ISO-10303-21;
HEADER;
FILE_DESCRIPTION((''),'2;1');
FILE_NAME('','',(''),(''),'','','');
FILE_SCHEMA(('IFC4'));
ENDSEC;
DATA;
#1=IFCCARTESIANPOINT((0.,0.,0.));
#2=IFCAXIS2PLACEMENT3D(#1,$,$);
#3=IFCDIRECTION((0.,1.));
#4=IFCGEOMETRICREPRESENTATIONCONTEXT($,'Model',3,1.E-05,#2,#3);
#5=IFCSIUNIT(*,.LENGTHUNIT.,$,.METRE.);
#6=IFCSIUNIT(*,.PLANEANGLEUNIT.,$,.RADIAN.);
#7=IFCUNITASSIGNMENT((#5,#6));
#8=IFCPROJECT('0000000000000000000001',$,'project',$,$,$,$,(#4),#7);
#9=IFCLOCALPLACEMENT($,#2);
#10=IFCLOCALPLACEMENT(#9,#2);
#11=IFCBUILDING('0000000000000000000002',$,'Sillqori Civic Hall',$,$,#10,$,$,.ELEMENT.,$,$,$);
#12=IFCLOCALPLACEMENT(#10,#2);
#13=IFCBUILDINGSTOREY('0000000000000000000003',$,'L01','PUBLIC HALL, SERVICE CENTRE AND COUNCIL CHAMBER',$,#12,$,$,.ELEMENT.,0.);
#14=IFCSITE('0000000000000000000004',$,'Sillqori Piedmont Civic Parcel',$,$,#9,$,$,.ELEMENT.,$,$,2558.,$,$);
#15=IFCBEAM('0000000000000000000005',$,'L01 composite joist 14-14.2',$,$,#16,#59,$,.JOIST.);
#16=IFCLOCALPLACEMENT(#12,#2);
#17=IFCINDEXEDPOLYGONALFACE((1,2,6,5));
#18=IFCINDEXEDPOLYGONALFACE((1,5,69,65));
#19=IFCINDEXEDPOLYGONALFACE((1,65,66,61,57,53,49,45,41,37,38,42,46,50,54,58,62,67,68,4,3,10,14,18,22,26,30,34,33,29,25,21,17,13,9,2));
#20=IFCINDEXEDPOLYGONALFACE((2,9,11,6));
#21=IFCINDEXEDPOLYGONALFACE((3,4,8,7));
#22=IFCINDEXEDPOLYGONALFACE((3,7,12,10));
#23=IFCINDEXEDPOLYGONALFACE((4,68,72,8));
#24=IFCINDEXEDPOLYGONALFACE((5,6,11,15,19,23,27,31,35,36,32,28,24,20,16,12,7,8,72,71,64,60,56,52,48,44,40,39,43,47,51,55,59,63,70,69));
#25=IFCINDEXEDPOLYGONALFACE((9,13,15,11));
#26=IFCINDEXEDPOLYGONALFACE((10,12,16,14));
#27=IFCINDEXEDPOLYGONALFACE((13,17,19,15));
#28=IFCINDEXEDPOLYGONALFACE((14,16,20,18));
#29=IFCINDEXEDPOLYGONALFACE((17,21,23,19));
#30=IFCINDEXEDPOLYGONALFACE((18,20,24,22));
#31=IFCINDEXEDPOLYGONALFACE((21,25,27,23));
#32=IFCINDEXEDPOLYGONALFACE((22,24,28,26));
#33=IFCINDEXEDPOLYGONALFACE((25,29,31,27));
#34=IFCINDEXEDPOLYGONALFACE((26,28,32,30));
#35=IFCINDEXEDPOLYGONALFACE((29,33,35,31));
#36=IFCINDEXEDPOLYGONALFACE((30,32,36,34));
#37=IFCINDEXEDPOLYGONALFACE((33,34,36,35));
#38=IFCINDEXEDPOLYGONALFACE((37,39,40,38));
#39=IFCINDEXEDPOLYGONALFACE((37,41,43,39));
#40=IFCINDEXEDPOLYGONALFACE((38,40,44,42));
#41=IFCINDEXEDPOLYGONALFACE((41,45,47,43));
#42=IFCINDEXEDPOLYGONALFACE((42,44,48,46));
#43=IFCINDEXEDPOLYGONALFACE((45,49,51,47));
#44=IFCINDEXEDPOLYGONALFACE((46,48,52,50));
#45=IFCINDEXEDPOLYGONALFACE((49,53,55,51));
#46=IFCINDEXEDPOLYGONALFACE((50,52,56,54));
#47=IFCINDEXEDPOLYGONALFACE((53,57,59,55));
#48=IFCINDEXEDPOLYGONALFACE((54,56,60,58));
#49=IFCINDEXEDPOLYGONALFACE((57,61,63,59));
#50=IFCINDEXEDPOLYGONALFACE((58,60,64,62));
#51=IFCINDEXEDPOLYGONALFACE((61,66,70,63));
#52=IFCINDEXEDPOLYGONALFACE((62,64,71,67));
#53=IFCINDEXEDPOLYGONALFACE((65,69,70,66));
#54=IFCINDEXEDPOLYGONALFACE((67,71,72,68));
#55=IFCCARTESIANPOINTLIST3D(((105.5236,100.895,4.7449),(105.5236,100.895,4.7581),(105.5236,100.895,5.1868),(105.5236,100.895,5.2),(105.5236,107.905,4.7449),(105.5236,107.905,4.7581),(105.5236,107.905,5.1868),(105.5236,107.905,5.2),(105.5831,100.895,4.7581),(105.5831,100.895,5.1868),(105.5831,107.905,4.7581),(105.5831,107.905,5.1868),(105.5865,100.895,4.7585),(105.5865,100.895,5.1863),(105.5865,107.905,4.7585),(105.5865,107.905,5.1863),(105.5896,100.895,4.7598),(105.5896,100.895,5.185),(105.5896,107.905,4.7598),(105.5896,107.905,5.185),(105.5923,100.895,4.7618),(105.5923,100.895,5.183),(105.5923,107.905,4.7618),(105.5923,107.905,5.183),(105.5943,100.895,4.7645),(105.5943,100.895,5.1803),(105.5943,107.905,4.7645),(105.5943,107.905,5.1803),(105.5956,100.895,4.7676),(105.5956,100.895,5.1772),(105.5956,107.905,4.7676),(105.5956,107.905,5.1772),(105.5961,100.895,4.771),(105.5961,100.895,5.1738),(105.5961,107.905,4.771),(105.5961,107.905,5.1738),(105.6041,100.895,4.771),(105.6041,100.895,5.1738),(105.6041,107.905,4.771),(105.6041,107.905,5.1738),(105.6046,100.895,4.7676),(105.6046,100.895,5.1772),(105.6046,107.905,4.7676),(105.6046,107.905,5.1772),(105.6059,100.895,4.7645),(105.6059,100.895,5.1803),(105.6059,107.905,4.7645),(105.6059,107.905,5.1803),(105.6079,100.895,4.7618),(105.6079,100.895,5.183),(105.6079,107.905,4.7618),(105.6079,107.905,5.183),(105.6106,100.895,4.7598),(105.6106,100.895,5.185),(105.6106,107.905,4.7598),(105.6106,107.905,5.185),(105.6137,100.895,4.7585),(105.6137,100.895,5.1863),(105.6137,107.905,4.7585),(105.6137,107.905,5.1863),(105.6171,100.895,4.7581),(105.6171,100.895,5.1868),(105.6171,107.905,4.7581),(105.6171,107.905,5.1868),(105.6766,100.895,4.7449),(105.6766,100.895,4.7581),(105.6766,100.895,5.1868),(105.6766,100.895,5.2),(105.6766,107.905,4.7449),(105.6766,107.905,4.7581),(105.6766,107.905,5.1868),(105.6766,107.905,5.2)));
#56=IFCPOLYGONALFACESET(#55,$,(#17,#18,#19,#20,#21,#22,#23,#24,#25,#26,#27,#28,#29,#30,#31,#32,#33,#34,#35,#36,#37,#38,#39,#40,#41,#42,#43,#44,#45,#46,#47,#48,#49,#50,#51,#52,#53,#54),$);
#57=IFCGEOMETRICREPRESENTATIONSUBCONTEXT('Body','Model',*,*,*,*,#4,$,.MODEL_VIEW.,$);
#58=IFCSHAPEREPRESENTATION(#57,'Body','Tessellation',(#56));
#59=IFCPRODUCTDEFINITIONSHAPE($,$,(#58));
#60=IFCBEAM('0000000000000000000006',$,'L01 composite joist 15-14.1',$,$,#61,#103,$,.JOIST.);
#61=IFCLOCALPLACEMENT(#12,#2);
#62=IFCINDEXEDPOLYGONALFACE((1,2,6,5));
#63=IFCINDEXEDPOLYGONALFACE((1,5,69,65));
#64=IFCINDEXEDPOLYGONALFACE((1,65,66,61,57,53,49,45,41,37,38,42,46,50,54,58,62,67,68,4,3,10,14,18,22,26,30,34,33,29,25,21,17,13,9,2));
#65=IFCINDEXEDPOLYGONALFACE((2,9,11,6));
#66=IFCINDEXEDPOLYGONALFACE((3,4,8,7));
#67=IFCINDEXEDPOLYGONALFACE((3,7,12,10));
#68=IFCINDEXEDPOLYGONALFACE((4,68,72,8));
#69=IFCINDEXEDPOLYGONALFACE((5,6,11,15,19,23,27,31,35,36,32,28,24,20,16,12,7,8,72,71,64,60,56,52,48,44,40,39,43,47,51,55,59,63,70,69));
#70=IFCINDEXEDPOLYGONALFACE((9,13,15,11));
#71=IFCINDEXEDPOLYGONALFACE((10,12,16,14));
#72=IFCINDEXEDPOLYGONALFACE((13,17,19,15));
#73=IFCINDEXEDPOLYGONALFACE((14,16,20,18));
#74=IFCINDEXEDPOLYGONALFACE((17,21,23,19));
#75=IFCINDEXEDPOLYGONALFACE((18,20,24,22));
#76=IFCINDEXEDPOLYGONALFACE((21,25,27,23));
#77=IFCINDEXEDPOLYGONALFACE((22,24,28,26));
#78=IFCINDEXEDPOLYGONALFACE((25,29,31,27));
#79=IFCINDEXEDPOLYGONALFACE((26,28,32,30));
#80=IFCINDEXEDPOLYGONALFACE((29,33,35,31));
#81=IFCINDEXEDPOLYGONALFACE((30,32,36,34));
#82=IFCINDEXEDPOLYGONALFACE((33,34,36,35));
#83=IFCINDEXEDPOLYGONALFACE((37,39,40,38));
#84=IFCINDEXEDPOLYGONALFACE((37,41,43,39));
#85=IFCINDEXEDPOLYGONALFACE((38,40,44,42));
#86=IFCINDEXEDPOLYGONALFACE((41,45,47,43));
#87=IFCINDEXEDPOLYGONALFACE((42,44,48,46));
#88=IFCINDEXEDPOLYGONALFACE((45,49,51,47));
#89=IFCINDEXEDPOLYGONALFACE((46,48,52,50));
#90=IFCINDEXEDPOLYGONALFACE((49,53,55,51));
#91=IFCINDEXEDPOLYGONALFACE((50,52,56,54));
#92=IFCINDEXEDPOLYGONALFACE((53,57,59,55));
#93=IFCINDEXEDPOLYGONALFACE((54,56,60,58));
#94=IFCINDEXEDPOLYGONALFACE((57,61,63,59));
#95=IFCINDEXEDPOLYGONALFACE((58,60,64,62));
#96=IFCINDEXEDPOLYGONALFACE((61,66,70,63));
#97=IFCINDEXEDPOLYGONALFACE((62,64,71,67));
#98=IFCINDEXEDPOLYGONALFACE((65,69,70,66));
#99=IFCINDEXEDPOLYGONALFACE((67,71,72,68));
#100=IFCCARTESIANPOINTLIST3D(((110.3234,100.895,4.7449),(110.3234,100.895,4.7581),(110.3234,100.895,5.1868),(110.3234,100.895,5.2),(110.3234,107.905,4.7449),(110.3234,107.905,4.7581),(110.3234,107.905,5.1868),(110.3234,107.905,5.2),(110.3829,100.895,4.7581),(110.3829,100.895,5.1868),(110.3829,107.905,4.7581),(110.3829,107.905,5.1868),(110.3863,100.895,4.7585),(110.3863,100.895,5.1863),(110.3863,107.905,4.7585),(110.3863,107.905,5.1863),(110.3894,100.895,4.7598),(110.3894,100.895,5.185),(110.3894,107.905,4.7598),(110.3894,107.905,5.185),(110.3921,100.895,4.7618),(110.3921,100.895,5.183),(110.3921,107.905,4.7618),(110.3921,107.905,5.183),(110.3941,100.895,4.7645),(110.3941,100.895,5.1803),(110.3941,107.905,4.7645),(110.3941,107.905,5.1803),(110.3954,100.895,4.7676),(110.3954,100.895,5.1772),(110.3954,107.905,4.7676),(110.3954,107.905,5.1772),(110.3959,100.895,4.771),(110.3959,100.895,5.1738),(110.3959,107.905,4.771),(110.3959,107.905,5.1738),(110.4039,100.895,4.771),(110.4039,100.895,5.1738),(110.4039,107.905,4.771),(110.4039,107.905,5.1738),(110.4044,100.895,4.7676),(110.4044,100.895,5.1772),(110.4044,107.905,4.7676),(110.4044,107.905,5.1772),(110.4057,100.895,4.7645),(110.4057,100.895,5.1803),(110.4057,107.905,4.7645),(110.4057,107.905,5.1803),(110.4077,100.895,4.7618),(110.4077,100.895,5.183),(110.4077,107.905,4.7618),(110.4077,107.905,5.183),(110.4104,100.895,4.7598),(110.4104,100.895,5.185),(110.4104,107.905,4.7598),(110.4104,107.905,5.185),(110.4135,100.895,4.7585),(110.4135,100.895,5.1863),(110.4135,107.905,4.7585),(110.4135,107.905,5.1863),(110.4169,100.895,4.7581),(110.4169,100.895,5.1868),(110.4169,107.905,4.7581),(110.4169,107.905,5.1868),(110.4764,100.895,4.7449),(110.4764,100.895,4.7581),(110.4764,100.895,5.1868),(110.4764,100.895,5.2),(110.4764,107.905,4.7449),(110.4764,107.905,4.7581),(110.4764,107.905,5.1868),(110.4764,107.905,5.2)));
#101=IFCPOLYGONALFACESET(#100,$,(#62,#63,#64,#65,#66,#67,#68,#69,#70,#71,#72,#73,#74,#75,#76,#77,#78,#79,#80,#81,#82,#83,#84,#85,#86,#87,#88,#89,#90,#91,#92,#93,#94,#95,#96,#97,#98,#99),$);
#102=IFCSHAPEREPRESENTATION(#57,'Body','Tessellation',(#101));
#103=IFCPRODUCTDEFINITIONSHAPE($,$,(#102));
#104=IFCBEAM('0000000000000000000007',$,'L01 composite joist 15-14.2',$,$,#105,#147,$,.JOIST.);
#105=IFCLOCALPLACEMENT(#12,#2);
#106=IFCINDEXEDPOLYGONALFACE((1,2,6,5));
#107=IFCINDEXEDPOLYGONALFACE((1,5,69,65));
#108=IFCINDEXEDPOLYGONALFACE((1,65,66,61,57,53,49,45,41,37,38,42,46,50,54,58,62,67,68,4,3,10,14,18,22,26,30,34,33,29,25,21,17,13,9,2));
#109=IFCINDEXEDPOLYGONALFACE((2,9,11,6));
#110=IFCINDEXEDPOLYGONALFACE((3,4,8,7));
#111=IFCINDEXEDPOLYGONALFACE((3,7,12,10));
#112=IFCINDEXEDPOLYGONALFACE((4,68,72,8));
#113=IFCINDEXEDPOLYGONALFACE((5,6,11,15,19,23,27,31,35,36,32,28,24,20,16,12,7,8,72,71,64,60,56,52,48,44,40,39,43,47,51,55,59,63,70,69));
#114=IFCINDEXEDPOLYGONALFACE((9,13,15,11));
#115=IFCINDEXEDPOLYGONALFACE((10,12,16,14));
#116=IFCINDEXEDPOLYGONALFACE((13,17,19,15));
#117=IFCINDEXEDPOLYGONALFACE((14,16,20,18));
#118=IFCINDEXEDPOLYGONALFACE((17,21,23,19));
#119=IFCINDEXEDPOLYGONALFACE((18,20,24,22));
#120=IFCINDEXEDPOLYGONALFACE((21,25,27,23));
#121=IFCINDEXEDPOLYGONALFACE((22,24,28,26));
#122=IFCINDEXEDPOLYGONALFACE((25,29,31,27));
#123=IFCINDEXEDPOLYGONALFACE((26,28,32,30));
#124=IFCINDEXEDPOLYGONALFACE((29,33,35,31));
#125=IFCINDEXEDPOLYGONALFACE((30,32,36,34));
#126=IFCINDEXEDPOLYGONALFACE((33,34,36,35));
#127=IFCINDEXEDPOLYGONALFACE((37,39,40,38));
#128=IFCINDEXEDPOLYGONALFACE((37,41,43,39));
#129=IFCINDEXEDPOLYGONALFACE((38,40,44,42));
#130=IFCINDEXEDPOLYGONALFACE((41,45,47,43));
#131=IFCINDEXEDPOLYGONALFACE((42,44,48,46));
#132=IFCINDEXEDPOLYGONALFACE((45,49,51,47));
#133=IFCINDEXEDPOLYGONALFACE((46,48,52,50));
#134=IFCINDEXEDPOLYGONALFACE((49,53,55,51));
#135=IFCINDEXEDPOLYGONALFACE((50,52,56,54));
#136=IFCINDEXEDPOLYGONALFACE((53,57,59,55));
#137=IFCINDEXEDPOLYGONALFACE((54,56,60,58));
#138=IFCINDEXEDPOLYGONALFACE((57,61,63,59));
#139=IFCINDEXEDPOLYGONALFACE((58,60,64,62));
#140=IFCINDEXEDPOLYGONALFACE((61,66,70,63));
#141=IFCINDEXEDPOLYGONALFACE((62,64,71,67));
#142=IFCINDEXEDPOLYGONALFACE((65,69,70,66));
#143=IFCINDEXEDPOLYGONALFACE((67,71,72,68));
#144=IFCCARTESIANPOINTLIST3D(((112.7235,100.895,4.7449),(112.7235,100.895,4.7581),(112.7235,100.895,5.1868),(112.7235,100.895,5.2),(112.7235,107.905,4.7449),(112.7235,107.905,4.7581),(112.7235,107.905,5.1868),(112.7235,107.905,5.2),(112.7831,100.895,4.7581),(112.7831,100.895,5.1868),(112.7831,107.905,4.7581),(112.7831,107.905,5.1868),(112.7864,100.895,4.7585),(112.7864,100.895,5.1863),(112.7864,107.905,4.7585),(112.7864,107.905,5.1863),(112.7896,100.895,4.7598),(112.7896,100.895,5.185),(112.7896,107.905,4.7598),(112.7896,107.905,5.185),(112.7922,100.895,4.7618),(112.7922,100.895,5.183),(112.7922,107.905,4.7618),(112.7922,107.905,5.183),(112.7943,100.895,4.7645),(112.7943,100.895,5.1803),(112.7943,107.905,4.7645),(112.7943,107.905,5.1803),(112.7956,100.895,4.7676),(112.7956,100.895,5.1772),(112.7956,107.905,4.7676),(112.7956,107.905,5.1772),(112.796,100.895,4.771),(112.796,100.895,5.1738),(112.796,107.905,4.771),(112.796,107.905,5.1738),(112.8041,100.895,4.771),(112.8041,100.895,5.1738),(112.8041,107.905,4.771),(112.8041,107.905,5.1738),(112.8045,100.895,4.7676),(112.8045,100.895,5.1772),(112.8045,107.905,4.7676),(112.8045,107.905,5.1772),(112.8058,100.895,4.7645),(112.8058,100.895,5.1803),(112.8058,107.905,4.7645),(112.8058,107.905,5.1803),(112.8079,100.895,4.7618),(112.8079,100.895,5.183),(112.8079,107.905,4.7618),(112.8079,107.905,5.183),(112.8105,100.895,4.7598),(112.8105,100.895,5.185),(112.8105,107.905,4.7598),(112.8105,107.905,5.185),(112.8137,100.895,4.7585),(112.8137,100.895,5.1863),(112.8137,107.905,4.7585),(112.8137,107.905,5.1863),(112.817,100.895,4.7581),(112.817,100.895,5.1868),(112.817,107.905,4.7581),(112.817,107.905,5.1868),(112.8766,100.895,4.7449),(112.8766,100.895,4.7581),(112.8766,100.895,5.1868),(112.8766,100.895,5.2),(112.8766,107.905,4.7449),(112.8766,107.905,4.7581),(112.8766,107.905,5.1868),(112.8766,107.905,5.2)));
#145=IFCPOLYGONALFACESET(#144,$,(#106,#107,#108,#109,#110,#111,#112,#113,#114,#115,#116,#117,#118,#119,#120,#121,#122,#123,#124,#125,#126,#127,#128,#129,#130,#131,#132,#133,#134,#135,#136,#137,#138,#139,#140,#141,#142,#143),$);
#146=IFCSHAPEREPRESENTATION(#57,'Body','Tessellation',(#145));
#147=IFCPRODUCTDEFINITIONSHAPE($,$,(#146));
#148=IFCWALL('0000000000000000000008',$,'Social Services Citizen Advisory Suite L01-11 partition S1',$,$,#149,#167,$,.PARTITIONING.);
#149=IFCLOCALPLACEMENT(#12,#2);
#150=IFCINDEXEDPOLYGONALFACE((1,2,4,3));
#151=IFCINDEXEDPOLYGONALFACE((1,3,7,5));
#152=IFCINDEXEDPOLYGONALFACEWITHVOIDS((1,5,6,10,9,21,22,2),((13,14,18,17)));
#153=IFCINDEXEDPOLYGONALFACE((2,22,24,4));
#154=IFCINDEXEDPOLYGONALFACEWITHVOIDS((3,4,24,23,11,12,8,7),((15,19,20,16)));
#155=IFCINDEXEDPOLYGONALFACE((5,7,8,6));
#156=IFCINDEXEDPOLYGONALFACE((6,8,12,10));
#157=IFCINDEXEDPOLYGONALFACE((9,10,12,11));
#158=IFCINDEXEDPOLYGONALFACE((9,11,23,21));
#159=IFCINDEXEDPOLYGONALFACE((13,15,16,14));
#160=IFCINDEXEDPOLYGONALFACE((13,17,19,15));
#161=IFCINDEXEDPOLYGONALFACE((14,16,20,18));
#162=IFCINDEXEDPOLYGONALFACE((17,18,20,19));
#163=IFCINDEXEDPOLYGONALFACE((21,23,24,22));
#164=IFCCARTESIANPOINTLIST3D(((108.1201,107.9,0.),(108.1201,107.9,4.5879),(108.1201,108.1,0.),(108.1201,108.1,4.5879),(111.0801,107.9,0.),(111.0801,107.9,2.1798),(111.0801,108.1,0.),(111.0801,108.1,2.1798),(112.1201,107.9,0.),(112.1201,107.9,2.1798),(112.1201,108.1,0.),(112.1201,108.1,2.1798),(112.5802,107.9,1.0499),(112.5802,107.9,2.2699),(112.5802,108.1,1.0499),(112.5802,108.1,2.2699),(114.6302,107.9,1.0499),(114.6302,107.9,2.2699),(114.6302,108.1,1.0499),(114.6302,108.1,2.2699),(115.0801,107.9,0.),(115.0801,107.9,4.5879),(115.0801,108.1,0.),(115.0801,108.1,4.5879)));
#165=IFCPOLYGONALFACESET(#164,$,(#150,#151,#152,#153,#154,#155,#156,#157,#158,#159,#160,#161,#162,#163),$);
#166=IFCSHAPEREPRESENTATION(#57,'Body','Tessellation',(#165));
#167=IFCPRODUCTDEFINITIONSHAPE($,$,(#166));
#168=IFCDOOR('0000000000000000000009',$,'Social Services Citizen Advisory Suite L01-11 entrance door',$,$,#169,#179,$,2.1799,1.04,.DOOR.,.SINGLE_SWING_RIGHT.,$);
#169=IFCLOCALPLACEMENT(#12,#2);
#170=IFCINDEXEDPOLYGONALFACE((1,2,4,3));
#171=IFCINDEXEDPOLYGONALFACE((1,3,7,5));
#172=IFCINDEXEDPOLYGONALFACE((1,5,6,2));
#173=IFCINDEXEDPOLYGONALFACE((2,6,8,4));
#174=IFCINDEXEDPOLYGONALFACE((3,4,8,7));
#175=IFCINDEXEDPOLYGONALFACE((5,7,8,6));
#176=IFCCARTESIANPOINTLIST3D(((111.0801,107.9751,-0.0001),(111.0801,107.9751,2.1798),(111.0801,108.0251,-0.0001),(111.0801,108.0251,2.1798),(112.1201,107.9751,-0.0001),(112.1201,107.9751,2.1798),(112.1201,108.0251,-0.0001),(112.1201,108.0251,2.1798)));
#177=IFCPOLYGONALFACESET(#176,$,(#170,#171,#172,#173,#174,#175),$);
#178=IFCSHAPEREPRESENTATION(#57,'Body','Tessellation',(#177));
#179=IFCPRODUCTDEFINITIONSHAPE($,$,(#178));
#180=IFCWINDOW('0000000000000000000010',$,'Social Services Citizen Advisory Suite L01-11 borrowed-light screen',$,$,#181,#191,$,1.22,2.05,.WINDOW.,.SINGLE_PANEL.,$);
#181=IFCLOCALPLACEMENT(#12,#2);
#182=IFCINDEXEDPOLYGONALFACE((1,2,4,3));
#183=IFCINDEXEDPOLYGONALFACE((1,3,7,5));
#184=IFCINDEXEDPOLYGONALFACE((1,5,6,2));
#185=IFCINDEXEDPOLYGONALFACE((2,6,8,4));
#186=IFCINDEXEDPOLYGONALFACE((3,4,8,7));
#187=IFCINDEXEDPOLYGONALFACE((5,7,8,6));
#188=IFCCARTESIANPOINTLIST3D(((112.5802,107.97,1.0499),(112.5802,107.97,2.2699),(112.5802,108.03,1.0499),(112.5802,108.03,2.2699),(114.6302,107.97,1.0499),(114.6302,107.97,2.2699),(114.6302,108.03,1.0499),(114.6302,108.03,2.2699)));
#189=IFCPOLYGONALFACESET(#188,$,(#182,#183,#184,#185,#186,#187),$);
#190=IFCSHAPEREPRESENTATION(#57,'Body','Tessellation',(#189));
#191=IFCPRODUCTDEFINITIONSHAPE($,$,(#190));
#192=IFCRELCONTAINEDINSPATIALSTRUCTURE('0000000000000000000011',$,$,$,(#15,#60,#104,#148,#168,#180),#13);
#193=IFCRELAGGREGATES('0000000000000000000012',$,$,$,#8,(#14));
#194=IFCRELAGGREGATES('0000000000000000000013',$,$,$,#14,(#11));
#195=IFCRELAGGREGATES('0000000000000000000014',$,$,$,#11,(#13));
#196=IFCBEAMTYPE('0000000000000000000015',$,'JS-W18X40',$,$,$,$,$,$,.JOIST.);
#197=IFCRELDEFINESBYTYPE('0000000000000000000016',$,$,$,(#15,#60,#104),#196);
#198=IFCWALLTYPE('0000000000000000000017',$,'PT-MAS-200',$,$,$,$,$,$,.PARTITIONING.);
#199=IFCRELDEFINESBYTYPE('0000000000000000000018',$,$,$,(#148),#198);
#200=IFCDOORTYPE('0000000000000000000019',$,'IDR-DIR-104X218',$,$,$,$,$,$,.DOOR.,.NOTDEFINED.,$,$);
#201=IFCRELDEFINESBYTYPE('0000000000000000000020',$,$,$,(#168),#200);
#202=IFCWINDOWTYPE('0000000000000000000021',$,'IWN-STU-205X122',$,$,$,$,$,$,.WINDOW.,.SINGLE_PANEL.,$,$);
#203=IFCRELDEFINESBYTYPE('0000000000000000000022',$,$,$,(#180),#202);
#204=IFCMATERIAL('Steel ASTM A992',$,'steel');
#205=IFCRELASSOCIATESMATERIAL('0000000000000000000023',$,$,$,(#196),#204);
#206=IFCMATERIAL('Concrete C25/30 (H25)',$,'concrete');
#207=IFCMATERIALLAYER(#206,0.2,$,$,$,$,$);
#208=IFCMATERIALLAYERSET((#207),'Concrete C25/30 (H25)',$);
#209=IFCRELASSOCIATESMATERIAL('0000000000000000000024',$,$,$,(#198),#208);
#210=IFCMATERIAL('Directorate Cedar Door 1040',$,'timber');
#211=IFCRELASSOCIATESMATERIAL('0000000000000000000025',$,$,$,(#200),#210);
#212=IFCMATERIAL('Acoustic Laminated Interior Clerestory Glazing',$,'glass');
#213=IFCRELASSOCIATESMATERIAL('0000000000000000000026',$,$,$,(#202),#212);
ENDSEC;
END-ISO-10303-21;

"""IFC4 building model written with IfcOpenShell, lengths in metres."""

from ifc_helpers import new_model, si_unit, direction, frame, frame_2d, origin, origin_2d, place, context, subcontext, project, spatial, rectangle, i_section, extrude, material, layer, layer_set, material_profile, profile_set, type_object, element, fill, save


model = new_model("IFC4")

# Units and contexts
model_context = context("Model", 3, precision=1e-05, world=origin(), true_north=direction((0.0, 1.0)))
body_context = subcontext(model_context, "Body", "Model", "MODEL_VIEW")
ifc_project = project(units=[si_unit("LENGTHUNIT", "METRE"), si_unit("PLANEANGLEUNIT", "RADIAN")], contexts=[model_context])

# Site, building, storey
site_placement = place(None, origin())
site = spatial("IfcSite", under=ifc_project, at=site_placement, Name="Sillqori Piedmont Civic Parcel", CompositionType="ELEMENT", RefElevation=2558.0)
building_placement = place(site_placement, origin())
building = spatial("IfcBuilding", under=site, at=building_placement, Name="Sillqori Civic Hall", CompositionType="ELEMENT")
storey_placement = place(building_placement, origin())
storey = spatial("IfcBuildingStorey", under=building, at=storey_placement, Name="L01", Description="PUBLIC HALL, SERVICE CENTRE AND COUNCIL CHAMBER", CompositionType="ELEMENT", Elevation=0.0)

# Shared definitions
ifc_material_1 = material(Name="Steel ASTM A992", Category="steel")

# Beams
ifc_material_profile_1 = material_profile(ifc_material_1, i_section(OverallWidth=0.1531, OverallDepth=0.4551, WebThickness=0.0081, FlangeThickness=0.0132, FilletRadius=0.0129, at=origin_2d()), Name="W18X40")
ifc_profile_set_1 = profile_set([ifc_material_profile_1], Name="Steel ASTM A992")
beam_type_1 = type_object("IfcBeamType", Name="JS-W18X40", PredefinedType="JOIST", material=ifc_profile_set_1)
for number, where, z_axis, x_axis, name in (
    (1, (105.6001, 100.895, 4.9724), (0.0, 1.0, 0.0), (-1.0, 0.0, 0.0), "L01 composite joist 14-14.2"),
    (2, (110.3999, 100.895, 4.9724), (0.0, 1.0, 0.0), (-1.0, 0.0, 0.0), "L01 composite joist 15-14.1"),
    (3, (112.8, 100.895, 4.9724), (0.0, 1.0, 0.0), (-1.0, 0.0, 0.0), "L01 composite joist 15-14.2"),
):
    element("IfcBeam", number, at=place(storey_placement, frame(where, z_axis=z_axis, x_axis=x_axis)), inside=storey, type_object=beam_type_1, Name=name, PredefinedType="JOIST", context=body_context, shape_type="SweptSolid", body=[
        extrude(i_section(OverallWidth=0.1531, OverallDepth=0.4551, WebThickness=0.0081, FlangeThickness=0.0132, FilletRadius=0.0129, at=origin_2d()), origin(), (0.0, 0.0, 1.0), 7.01),
    ])

# Wall, openings, door, window
ifc_material_2 = material(Name="Concrete C25/30 (H25)", Category="concrete")
ifc_layer = layer(ifc_material_2, 0.2)
ifc_layer_set = layer_set([ifc_layer], Name="Concrete C25/30 (H25)")
wall_type = type_object("IfcWallType", Name="PT-MAS-200", PredefinedType="PARTITIONING", material=ifc_layer_set)
wall_placement = place(storey_placement, frame((115.0801, 108.0, 0.0), z_axis=(0.0, 0.0, 1.0), x_axis=(-1.0, 0.0, 0.0)))
wall = element("IfcWall", 4, at=wall_placement, inside=storey, type_object=wall_type, Name="Social Services Citizen Advisory Suite L01-11 partition S1", PredefinedType="PARTITIONING", context=body_context, shape_type="SweptSolid", body=[
    extrude(rectangle(XDim=6.96, YDim=0.2, at=frame_2d((3.48, 0.0))), origin(), (0.0, 0.0, 1.0), 4.5879),
])
opening_1_placement = place(wall_placement, frame((2.96, 0.0, 0.0)))
opening_1 = element("IfcOpeningElement", 5, at=opening_1_placement, cuts=wall, PredefinedType="OPENING", context=body_context, shape_type="SweptSolid", body=[
    extrude(rectangle(XDim=1.04, YDim=2.1799, at=frame_2d((0.52, 1.0898))), frame((0.0, 0.1099, 0.0), z_axis=(0.0, -1.0, 0.0), x_axis=(1.0, 0.0, 0.0)), (0.0, 0.0, 1.0), 0.22),
])
opening_2_placement = place(wall_placement, frame((0.45, 0.0, 1.05)))
opening_2 = element("IfcOpeningElement", 6, at=opening_2_placement, cuts=wall, PredefinedType="OPENING", context=body_context, shape_type="SweptSolid", body=[
    extrude(rectangle(XDim=2.05, YDim=1.22, at=frame_2d((1.0249, 0.6099))), frame((0.0, 0.1099, 0.0), z_axis=(0.0, -1.0, 0.0), x_axis=(1.0, 0.0, 0.0)), (0.0, 0.0, 1.0), 0.22),
])
ifc_material_3 = material(Name="Directorate Cedar Door 1040", Category="timber")
door_type = type_object("IfcDoorType", Name="IDR-DIR-104X218", OperationType="NOTDEFINED", PredefinedType="DOOR", material=ifc_material_3)
door_placement = place(opening_1_placement, origin())
door = element("IfcDoor", 7, at=door_placement, inside=storey, type_object=door_type, Name="Social Services Citizen Advisory Suite L01-11 entrance door", OperationType="SINGLE_SWING_RIGHT", OverallHeight=2.1799, OverallWidth=1.04, PredefinedType="DOOR", context=body_context, shape_type="SweptSolid", body=[
    extrude(rectangle(XDim=1.04, YDim=2.1799, at=frame_2d((0.52, 1.0898))), frame((0.0, 0.0249, 0.0), z_axis=(0.0, -1.0, 0.0), x_axis=(1.0, 0.0, 0.0)), (0.0, 0.0, 1.0), 0.05),
])
fill(opening_1, door)
ifc_material_4 = material(Name="Acoustic Laminated Interior Clerestory Glazing", Category="glass")
window_type = type_object("IfcWindowType", Name="IWN-STU-205X122", PartitioningType="SINGLE_PANEL", PredefinedType="WINDOW", material=ifc_material_4)
window_placement = place(opening_2_placement, origin())
window = element("IfcWindow", 8, at=window_placement, inside=storey, type_object=window_type, Name="Social Services Citizen Advisory Suite L01-11 borrowed-light screen", OverallHeight=1.22, OverallWidth=2.05, PartitioningType="SINGLE_PANEL", PredefinedType="WINDOW", context=body_context, shape_type="SweptSolid", body=[
    extrude(rectangle(XDim=2.05, YDim=1.22, at=frame_2d((1.0249, 0.6099))), frame((0.0, 0.03, 0.0), z_axis=(0.0, -1.0, 0.0), x_axis=(1.0, 0.0, 0.0)), (0.0, 0.0, 1.0), 0.0601),
])
fill(opening_2, window)

save(model, "model.ifc")
